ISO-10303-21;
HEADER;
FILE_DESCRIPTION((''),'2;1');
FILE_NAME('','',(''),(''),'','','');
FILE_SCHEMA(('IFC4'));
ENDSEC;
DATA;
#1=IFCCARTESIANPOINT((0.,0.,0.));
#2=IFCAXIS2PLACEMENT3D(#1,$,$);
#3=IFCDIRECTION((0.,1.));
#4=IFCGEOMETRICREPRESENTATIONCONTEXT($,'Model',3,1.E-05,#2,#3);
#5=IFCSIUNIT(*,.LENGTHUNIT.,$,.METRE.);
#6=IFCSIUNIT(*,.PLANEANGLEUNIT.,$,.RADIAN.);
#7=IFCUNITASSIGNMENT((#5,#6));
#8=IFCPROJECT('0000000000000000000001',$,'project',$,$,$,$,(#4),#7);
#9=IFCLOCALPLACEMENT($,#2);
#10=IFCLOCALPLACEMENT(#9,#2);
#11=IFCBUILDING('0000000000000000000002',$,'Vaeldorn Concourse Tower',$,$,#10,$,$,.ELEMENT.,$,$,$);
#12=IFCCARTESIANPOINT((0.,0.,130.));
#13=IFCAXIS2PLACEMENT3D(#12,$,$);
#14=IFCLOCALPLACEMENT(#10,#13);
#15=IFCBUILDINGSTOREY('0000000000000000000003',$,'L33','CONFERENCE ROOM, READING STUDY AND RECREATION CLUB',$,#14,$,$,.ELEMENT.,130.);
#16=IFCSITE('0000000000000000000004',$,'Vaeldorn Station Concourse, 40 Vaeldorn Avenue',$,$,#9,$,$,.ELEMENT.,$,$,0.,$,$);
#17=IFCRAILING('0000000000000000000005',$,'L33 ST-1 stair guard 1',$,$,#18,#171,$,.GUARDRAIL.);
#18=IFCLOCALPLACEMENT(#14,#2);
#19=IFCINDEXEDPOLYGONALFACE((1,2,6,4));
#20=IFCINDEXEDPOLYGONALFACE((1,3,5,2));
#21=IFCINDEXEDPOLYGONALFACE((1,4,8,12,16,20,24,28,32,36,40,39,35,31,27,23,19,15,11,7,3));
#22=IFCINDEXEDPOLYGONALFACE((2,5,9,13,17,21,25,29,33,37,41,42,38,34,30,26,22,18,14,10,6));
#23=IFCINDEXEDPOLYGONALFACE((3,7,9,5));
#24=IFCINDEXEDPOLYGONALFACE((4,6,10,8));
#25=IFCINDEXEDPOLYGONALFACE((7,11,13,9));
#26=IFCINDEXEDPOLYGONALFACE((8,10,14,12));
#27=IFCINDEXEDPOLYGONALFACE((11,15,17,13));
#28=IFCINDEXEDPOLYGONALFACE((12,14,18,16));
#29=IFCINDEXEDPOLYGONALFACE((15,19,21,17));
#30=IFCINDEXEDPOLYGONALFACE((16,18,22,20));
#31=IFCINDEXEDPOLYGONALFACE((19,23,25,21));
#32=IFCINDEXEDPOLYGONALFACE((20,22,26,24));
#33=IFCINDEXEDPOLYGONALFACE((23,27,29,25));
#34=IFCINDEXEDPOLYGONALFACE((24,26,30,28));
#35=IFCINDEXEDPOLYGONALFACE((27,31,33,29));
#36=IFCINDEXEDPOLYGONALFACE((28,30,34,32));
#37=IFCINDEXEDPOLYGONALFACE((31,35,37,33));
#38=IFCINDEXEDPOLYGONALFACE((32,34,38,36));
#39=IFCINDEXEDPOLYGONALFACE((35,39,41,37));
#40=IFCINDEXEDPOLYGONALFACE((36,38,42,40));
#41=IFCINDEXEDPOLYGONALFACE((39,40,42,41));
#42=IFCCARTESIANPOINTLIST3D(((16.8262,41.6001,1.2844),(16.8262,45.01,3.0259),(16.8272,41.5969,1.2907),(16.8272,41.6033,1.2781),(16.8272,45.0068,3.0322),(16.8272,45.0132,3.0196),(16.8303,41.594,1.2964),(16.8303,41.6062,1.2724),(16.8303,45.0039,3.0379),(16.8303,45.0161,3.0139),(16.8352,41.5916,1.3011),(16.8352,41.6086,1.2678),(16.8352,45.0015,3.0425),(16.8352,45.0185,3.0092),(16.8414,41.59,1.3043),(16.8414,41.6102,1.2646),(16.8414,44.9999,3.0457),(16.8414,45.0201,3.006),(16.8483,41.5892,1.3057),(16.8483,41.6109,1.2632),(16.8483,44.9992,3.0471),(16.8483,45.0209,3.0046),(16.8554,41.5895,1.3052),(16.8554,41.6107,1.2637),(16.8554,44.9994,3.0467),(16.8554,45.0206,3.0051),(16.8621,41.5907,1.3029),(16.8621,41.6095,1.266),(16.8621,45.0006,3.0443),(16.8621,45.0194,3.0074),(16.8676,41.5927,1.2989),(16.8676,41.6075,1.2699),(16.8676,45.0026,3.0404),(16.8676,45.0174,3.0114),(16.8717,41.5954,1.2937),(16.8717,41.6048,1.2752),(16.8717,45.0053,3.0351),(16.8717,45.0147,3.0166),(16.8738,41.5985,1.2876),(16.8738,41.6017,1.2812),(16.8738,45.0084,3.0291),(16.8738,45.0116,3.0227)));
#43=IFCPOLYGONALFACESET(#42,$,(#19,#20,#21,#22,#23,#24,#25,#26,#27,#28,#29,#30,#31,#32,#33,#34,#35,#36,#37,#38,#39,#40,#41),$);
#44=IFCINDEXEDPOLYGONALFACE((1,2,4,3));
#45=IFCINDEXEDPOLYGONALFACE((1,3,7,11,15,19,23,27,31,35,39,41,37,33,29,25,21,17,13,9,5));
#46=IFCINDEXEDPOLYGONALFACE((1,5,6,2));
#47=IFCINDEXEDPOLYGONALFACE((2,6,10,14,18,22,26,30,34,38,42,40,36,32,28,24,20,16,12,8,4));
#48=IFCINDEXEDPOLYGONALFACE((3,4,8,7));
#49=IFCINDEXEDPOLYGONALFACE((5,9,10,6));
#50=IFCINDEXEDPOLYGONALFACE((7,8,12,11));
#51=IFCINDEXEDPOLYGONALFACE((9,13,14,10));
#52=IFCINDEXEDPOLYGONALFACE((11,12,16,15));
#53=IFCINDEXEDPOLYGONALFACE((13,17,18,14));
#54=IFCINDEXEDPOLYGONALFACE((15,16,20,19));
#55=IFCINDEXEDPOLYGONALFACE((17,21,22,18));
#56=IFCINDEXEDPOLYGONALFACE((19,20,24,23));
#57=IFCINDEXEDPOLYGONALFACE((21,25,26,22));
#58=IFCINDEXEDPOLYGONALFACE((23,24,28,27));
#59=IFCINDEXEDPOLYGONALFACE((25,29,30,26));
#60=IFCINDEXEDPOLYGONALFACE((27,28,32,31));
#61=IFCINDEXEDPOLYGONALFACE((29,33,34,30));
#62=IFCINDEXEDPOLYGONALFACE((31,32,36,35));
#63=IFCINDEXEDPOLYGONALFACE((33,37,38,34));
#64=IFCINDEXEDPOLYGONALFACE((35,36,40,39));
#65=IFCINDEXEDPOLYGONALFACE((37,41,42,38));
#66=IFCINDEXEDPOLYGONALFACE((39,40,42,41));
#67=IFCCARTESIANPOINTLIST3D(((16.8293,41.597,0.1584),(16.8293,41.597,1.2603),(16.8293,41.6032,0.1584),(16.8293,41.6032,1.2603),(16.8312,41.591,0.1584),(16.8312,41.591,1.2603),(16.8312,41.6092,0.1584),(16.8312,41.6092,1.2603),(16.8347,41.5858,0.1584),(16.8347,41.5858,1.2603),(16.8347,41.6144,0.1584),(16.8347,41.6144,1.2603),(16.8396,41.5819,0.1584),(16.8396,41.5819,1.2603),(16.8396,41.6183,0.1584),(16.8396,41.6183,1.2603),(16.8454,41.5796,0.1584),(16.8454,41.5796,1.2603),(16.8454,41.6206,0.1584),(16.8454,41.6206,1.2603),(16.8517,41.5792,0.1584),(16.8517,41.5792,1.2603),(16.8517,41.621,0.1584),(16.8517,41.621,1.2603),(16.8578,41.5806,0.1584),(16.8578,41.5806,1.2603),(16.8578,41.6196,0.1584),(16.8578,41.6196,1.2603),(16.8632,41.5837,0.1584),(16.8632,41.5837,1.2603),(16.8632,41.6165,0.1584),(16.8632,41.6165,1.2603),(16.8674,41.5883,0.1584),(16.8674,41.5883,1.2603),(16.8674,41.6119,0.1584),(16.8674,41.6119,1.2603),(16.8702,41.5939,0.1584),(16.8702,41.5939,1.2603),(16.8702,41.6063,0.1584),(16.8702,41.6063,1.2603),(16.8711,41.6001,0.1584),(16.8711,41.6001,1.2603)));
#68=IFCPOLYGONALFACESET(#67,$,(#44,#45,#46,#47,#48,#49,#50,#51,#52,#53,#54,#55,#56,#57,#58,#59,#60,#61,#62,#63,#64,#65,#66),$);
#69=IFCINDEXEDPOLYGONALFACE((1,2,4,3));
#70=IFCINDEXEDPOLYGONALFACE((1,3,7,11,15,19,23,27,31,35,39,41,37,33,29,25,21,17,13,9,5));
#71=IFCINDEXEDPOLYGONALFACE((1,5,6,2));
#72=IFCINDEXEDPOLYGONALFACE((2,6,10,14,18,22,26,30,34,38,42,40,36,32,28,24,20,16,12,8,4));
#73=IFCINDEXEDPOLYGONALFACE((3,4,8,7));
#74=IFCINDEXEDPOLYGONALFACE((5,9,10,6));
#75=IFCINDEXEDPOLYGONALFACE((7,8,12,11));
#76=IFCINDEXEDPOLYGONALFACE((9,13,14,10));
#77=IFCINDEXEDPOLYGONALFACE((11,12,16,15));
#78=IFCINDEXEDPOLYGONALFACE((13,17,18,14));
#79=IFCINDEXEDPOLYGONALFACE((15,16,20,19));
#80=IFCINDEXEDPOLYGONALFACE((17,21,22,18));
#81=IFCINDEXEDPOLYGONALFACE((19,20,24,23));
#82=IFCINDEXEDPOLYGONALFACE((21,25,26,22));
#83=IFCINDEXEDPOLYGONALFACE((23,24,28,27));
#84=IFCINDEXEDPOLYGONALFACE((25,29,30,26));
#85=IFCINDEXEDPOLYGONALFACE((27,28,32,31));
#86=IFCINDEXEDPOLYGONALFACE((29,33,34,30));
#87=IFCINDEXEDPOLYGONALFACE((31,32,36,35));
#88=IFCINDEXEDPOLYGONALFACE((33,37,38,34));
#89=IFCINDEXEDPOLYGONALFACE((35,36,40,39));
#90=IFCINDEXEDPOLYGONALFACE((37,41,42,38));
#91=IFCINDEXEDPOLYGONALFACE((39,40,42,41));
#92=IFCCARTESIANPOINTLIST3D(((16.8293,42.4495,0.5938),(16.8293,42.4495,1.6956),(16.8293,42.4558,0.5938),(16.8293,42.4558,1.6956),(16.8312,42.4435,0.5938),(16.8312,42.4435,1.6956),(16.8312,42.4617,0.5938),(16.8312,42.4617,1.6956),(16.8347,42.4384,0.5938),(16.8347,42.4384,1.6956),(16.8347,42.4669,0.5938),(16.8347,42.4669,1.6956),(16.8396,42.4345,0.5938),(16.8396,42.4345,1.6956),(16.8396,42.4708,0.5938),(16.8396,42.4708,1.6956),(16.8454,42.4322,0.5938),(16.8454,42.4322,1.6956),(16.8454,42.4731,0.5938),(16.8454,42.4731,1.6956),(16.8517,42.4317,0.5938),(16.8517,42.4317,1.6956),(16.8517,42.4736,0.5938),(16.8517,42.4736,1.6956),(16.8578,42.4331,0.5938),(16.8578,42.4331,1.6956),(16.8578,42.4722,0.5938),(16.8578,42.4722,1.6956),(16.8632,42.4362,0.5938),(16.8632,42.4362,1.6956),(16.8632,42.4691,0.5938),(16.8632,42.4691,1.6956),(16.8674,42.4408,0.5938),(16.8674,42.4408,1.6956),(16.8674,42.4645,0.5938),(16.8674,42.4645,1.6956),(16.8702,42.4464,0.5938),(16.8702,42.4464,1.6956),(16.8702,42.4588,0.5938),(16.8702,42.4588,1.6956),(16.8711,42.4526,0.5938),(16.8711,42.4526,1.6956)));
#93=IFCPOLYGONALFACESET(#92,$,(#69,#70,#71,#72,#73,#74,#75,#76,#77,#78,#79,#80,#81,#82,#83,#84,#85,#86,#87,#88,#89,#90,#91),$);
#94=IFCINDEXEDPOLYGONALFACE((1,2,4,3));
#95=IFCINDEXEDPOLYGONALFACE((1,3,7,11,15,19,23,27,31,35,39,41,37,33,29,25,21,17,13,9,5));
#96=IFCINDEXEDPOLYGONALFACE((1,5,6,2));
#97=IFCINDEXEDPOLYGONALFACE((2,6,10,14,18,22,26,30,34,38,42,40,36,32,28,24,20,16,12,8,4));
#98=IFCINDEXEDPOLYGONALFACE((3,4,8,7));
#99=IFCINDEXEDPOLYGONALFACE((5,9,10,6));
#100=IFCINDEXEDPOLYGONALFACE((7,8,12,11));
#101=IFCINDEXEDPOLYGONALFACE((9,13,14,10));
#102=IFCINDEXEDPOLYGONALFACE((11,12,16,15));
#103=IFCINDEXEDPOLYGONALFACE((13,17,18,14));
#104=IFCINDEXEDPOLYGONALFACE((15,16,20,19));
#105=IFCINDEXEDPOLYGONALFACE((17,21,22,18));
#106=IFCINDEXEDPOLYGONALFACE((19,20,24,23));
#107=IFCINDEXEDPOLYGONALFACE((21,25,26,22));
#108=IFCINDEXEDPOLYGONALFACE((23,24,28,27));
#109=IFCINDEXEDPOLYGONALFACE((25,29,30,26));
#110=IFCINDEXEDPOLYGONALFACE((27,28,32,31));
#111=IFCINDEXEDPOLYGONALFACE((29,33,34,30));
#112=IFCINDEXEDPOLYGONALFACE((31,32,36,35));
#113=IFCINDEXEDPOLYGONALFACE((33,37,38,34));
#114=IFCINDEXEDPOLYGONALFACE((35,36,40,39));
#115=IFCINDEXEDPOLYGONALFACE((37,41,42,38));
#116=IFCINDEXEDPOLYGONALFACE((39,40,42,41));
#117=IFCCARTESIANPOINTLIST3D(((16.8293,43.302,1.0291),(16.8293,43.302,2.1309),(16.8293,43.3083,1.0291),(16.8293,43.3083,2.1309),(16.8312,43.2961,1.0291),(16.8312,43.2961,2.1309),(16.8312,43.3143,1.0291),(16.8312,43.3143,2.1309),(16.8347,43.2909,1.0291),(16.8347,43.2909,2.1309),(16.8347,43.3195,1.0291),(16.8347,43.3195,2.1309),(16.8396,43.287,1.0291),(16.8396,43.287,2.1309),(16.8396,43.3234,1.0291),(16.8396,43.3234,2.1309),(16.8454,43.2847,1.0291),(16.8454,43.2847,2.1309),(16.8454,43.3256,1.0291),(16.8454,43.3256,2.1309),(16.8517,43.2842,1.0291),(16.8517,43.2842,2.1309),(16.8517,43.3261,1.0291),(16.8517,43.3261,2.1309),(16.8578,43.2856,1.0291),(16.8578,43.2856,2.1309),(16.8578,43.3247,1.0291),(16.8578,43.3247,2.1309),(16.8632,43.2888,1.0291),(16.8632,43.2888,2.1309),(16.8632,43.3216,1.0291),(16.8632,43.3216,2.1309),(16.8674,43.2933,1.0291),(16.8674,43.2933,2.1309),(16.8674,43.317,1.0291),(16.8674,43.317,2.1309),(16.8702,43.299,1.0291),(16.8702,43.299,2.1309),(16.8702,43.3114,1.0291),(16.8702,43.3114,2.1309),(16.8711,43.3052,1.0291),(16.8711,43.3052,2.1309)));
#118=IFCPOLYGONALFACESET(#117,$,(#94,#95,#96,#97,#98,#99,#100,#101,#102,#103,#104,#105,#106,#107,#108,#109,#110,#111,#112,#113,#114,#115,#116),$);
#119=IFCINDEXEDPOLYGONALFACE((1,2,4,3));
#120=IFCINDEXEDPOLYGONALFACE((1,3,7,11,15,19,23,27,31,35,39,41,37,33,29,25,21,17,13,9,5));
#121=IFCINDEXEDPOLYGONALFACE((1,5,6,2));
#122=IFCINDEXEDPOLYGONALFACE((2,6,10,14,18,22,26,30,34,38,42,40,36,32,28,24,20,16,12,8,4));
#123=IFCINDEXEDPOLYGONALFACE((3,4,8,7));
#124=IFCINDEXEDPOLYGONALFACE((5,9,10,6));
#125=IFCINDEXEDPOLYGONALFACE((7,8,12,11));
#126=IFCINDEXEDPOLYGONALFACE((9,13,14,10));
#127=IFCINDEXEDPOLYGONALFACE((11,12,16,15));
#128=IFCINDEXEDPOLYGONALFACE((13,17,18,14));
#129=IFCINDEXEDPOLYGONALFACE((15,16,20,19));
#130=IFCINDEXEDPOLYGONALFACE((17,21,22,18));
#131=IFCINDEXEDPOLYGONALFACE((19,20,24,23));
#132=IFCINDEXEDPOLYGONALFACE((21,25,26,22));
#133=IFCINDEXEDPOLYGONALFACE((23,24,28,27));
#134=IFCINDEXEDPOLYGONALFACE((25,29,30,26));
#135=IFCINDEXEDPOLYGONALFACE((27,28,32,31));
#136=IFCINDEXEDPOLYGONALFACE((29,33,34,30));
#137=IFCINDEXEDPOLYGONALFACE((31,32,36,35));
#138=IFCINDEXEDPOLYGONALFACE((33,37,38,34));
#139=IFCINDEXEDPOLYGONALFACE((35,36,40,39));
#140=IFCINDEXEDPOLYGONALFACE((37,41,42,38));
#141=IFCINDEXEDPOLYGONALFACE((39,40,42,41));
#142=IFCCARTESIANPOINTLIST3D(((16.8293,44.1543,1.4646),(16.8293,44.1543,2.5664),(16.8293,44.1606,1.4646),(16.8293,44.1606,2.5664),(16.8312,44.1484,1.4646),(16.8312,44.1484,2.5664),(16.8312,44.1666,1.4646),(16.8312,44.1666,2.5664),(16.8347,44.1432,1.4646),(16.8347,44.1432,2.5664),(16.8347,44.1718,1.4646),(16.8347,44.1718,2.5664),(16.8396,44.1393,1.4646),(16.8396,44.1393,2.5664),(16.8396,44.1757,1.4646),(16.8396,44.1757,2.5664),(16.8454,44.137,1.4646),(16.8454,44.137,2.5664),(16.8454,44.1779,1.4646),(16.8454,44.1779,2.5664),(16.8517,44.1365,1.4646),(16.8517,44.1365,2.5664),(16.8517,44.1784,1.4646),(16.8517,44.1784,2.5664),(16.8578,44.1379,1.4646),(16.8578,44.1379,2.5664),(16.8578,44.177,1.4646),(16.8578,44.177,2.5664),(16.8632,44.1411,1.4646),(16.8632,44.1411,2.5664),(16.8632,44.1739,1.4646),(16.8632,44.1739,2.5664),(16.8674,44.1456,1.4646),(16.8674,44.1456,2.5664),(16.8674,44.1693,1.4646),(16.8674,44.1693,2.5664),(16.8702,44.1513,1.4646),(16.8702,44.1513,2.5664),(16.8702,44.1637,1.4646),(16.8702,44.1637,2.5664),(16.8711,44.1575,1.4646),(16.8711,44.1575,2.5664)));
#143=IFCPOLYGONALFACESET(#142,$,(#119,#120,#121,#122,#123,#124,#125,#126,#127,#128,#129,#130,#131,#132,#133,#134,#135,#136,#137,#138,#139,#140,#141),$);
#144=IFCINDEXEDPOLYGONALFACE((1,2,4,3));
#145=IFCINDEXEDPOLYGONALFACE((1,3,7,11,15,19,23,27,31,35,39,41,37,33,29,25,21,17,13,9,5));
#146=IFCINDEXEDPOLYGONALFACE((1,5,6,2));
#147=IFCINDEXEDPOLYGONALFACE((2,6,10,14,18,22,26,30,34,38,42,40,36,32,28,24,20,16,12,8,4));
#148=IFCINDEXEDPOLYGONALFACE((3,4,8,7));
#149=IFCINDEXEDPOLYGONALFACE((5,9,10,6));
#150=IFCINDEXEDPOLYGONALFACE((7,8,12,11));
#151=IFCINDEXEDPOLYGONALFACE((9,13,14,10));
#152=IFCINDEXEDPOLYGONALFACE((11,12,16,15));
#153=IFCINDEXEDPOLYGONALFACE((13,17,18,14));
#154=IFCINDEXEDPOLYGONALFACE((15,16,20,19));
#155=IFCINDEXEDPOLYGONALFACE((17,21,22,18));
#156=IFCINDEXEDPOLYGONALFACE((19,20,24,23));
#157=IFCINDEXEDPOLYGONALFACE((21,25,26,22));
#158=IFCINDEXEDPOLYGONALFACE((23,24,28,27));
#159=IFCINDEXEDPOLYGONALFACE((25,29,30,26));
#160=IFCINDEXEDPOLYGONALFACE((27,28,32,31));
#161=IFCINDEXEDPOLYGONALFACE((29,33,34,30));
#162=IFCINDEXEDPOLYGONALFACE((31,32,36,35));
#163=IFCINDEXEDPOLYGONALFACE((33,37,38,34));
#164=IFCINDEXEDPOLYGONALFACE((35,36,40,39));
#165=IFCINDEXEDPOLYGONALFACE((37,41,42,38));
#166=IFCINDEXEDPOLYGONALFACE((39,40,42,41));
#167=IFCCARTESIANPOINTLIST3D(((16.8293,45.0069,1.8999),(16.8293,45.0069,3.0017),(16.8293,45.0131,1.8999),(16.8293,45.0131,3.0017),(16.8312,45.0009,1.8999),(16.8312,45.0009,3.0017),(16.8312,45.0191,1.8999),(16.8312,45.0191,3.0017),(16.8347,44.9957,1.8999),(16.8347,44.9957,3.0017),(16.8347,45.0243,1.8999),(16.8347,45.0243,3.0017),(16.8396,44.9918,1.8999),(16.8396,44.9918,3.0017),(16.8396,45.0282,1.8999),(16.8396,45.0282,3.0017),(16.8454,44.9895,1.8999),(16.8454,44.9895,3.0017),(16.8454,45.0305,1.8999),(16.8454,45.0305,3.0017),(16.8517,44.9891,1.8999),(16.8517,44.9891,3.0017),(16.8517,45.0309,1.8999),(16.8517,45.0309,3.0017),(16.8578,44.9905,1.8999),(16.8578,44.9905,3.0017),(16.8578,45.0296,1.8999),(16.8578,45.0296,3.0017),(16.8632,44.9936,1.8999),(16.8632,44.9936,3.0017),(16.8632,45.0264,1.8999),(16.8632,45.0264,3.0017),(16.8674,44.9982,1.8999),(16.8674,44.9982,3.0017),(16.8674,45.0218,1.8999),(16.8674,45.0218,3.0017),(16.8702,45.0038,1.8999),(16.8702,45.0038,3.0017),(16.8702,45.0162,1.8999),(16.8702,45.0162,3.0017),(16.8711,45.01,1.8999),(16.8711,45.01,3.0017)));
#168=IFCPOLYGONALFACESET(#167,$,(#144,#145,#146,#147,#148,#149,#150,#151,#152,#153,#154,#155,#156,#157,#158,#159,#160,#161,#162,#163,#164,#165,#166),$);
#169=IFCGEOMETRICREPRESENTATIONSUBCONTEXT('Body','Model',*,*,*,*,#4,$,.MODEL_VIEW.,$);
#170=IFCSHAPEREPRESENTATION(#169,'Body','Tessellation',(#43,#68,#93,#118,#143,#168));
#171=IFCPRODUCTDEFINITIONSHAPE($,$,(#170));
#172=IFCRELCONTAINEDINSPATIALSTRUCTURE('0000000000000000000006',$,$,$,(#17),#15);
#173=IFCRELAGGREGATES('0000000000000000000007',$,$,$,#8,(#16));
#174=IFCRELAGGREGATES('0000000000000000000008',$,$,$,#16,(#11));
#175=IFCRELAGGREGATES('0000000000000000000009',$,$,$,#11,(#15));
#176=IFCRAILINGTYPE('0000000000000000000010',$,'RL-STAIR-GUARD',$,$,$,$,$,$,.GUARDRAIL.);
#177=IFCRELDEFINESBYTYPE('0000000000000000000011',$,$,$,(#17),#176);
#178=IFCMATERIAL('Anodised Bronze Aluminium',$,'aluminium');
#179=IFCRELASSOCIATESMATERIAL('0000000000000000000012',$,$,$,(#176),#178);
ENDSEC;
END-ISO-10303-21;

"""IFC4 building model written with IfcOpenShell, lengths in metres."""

from ifc_helpers import new_model, si_unit, direction, frame, origin, origin_2d, place, context, subcontext, project, spatial, circle, extrude, material, type_object, element, save


model = new_model("IFC4")

# Units and contexts
model_context = context("Model", 3, precision=1e-05, world=origin(), true_north=direction((0.0, 1.0)))
body_context = subcontext(model_context, "Body", "Model", "MODEL_VIEW")
ifc_project = project(units=[si_unit("LENGTHUNIT", "METRE"), si_unit("PLANEANGLEUNIT", "RADIAN")], contexts=[model_context])

# Site, building, storey
site_placement = place(None, origin())
site = spatial("IfcSite", under=ifc_project, at=site_placement, Name="Vaeldorn Station Concourse, 40 Vaeldorn Avenue", CompositionType="ELEMENT", RefElevation=0.0)
building_placement = place(site_placement, origin())
building = spatial("IfcBuilding", under=site, at=building_placement, Name="Vaeldorn Concourse Tower", CompositionType="ELEMENT")
storey_placement = place(building_placement, frame((0.0, 0.0, 130.0)))
storey = spatial("IfcBuildingStorey", under=building, at=storey_placement, Name="L33", Description="CONFERENCE ROOM, READING STUDY AND RECREATION CLUB", CompositionType="ELEMENT", Elevation=130.0)

# Shared definitions
ifc_material_1 = material(Name="Anodised Bronze Aluminium", Category="aluminium")

# Railing
railing_type_1 = type_object("IfcRailingType", Name="RL-STAIR-GUARD", PredefinedType="GUARDRAIL", material=ifc_material_1)
railing_1_placement = place(storey_placement, frame((16.8501, 41.6001, 0.1584)))
element("IfcRailing", 1, at=railing_1_placement, inside=storey, type_object=railing_type_1, Name="L33 ST-1 stair guard 1", PredefinedType="GUARDRAIL", context=body_context, shape_type="SweptSolid", body=[
    extrude(circle(Radius=0.0239, at=origin_2d()), frame((0.0, 0.0, 1.126), z_axis=(0.0, 0.890582, 0.454823), x_axis=(-1.0, 0.0, 0.0)), (0.0, 0.0, 1.0), 3.8289),
    extrude(circle(Radius=0.021, at=origin_2d()), origin(), (0.0, 0.0, 1.0), 1.1018),
    extrude(circle(Radius=0.021, at=origin_2d()), frame((0.0, 0.8525, 0.4353)), (0.0, 0.0, 1.0), 1.1018),
    extrude(circle(Radius=0.021, at=origin_2d()), frame((0.0, 1.7051, 0.8706)), (0.0, 0.0, 1.0), 1.1018),
    extrude(circle(Radius=0.021, at=origin_2d()), frame((0.0, 2.5574, 1.3062)), (0.0, 0.0, 1.0), 1.1018),
    extrude(circle(Radius=0.021, at=origin_2d()), frame((0.0, 3.4099, 1.7415)), (0.0, 0.0, 1.0), 1.1018),
])

save(model, "model.ifc")
